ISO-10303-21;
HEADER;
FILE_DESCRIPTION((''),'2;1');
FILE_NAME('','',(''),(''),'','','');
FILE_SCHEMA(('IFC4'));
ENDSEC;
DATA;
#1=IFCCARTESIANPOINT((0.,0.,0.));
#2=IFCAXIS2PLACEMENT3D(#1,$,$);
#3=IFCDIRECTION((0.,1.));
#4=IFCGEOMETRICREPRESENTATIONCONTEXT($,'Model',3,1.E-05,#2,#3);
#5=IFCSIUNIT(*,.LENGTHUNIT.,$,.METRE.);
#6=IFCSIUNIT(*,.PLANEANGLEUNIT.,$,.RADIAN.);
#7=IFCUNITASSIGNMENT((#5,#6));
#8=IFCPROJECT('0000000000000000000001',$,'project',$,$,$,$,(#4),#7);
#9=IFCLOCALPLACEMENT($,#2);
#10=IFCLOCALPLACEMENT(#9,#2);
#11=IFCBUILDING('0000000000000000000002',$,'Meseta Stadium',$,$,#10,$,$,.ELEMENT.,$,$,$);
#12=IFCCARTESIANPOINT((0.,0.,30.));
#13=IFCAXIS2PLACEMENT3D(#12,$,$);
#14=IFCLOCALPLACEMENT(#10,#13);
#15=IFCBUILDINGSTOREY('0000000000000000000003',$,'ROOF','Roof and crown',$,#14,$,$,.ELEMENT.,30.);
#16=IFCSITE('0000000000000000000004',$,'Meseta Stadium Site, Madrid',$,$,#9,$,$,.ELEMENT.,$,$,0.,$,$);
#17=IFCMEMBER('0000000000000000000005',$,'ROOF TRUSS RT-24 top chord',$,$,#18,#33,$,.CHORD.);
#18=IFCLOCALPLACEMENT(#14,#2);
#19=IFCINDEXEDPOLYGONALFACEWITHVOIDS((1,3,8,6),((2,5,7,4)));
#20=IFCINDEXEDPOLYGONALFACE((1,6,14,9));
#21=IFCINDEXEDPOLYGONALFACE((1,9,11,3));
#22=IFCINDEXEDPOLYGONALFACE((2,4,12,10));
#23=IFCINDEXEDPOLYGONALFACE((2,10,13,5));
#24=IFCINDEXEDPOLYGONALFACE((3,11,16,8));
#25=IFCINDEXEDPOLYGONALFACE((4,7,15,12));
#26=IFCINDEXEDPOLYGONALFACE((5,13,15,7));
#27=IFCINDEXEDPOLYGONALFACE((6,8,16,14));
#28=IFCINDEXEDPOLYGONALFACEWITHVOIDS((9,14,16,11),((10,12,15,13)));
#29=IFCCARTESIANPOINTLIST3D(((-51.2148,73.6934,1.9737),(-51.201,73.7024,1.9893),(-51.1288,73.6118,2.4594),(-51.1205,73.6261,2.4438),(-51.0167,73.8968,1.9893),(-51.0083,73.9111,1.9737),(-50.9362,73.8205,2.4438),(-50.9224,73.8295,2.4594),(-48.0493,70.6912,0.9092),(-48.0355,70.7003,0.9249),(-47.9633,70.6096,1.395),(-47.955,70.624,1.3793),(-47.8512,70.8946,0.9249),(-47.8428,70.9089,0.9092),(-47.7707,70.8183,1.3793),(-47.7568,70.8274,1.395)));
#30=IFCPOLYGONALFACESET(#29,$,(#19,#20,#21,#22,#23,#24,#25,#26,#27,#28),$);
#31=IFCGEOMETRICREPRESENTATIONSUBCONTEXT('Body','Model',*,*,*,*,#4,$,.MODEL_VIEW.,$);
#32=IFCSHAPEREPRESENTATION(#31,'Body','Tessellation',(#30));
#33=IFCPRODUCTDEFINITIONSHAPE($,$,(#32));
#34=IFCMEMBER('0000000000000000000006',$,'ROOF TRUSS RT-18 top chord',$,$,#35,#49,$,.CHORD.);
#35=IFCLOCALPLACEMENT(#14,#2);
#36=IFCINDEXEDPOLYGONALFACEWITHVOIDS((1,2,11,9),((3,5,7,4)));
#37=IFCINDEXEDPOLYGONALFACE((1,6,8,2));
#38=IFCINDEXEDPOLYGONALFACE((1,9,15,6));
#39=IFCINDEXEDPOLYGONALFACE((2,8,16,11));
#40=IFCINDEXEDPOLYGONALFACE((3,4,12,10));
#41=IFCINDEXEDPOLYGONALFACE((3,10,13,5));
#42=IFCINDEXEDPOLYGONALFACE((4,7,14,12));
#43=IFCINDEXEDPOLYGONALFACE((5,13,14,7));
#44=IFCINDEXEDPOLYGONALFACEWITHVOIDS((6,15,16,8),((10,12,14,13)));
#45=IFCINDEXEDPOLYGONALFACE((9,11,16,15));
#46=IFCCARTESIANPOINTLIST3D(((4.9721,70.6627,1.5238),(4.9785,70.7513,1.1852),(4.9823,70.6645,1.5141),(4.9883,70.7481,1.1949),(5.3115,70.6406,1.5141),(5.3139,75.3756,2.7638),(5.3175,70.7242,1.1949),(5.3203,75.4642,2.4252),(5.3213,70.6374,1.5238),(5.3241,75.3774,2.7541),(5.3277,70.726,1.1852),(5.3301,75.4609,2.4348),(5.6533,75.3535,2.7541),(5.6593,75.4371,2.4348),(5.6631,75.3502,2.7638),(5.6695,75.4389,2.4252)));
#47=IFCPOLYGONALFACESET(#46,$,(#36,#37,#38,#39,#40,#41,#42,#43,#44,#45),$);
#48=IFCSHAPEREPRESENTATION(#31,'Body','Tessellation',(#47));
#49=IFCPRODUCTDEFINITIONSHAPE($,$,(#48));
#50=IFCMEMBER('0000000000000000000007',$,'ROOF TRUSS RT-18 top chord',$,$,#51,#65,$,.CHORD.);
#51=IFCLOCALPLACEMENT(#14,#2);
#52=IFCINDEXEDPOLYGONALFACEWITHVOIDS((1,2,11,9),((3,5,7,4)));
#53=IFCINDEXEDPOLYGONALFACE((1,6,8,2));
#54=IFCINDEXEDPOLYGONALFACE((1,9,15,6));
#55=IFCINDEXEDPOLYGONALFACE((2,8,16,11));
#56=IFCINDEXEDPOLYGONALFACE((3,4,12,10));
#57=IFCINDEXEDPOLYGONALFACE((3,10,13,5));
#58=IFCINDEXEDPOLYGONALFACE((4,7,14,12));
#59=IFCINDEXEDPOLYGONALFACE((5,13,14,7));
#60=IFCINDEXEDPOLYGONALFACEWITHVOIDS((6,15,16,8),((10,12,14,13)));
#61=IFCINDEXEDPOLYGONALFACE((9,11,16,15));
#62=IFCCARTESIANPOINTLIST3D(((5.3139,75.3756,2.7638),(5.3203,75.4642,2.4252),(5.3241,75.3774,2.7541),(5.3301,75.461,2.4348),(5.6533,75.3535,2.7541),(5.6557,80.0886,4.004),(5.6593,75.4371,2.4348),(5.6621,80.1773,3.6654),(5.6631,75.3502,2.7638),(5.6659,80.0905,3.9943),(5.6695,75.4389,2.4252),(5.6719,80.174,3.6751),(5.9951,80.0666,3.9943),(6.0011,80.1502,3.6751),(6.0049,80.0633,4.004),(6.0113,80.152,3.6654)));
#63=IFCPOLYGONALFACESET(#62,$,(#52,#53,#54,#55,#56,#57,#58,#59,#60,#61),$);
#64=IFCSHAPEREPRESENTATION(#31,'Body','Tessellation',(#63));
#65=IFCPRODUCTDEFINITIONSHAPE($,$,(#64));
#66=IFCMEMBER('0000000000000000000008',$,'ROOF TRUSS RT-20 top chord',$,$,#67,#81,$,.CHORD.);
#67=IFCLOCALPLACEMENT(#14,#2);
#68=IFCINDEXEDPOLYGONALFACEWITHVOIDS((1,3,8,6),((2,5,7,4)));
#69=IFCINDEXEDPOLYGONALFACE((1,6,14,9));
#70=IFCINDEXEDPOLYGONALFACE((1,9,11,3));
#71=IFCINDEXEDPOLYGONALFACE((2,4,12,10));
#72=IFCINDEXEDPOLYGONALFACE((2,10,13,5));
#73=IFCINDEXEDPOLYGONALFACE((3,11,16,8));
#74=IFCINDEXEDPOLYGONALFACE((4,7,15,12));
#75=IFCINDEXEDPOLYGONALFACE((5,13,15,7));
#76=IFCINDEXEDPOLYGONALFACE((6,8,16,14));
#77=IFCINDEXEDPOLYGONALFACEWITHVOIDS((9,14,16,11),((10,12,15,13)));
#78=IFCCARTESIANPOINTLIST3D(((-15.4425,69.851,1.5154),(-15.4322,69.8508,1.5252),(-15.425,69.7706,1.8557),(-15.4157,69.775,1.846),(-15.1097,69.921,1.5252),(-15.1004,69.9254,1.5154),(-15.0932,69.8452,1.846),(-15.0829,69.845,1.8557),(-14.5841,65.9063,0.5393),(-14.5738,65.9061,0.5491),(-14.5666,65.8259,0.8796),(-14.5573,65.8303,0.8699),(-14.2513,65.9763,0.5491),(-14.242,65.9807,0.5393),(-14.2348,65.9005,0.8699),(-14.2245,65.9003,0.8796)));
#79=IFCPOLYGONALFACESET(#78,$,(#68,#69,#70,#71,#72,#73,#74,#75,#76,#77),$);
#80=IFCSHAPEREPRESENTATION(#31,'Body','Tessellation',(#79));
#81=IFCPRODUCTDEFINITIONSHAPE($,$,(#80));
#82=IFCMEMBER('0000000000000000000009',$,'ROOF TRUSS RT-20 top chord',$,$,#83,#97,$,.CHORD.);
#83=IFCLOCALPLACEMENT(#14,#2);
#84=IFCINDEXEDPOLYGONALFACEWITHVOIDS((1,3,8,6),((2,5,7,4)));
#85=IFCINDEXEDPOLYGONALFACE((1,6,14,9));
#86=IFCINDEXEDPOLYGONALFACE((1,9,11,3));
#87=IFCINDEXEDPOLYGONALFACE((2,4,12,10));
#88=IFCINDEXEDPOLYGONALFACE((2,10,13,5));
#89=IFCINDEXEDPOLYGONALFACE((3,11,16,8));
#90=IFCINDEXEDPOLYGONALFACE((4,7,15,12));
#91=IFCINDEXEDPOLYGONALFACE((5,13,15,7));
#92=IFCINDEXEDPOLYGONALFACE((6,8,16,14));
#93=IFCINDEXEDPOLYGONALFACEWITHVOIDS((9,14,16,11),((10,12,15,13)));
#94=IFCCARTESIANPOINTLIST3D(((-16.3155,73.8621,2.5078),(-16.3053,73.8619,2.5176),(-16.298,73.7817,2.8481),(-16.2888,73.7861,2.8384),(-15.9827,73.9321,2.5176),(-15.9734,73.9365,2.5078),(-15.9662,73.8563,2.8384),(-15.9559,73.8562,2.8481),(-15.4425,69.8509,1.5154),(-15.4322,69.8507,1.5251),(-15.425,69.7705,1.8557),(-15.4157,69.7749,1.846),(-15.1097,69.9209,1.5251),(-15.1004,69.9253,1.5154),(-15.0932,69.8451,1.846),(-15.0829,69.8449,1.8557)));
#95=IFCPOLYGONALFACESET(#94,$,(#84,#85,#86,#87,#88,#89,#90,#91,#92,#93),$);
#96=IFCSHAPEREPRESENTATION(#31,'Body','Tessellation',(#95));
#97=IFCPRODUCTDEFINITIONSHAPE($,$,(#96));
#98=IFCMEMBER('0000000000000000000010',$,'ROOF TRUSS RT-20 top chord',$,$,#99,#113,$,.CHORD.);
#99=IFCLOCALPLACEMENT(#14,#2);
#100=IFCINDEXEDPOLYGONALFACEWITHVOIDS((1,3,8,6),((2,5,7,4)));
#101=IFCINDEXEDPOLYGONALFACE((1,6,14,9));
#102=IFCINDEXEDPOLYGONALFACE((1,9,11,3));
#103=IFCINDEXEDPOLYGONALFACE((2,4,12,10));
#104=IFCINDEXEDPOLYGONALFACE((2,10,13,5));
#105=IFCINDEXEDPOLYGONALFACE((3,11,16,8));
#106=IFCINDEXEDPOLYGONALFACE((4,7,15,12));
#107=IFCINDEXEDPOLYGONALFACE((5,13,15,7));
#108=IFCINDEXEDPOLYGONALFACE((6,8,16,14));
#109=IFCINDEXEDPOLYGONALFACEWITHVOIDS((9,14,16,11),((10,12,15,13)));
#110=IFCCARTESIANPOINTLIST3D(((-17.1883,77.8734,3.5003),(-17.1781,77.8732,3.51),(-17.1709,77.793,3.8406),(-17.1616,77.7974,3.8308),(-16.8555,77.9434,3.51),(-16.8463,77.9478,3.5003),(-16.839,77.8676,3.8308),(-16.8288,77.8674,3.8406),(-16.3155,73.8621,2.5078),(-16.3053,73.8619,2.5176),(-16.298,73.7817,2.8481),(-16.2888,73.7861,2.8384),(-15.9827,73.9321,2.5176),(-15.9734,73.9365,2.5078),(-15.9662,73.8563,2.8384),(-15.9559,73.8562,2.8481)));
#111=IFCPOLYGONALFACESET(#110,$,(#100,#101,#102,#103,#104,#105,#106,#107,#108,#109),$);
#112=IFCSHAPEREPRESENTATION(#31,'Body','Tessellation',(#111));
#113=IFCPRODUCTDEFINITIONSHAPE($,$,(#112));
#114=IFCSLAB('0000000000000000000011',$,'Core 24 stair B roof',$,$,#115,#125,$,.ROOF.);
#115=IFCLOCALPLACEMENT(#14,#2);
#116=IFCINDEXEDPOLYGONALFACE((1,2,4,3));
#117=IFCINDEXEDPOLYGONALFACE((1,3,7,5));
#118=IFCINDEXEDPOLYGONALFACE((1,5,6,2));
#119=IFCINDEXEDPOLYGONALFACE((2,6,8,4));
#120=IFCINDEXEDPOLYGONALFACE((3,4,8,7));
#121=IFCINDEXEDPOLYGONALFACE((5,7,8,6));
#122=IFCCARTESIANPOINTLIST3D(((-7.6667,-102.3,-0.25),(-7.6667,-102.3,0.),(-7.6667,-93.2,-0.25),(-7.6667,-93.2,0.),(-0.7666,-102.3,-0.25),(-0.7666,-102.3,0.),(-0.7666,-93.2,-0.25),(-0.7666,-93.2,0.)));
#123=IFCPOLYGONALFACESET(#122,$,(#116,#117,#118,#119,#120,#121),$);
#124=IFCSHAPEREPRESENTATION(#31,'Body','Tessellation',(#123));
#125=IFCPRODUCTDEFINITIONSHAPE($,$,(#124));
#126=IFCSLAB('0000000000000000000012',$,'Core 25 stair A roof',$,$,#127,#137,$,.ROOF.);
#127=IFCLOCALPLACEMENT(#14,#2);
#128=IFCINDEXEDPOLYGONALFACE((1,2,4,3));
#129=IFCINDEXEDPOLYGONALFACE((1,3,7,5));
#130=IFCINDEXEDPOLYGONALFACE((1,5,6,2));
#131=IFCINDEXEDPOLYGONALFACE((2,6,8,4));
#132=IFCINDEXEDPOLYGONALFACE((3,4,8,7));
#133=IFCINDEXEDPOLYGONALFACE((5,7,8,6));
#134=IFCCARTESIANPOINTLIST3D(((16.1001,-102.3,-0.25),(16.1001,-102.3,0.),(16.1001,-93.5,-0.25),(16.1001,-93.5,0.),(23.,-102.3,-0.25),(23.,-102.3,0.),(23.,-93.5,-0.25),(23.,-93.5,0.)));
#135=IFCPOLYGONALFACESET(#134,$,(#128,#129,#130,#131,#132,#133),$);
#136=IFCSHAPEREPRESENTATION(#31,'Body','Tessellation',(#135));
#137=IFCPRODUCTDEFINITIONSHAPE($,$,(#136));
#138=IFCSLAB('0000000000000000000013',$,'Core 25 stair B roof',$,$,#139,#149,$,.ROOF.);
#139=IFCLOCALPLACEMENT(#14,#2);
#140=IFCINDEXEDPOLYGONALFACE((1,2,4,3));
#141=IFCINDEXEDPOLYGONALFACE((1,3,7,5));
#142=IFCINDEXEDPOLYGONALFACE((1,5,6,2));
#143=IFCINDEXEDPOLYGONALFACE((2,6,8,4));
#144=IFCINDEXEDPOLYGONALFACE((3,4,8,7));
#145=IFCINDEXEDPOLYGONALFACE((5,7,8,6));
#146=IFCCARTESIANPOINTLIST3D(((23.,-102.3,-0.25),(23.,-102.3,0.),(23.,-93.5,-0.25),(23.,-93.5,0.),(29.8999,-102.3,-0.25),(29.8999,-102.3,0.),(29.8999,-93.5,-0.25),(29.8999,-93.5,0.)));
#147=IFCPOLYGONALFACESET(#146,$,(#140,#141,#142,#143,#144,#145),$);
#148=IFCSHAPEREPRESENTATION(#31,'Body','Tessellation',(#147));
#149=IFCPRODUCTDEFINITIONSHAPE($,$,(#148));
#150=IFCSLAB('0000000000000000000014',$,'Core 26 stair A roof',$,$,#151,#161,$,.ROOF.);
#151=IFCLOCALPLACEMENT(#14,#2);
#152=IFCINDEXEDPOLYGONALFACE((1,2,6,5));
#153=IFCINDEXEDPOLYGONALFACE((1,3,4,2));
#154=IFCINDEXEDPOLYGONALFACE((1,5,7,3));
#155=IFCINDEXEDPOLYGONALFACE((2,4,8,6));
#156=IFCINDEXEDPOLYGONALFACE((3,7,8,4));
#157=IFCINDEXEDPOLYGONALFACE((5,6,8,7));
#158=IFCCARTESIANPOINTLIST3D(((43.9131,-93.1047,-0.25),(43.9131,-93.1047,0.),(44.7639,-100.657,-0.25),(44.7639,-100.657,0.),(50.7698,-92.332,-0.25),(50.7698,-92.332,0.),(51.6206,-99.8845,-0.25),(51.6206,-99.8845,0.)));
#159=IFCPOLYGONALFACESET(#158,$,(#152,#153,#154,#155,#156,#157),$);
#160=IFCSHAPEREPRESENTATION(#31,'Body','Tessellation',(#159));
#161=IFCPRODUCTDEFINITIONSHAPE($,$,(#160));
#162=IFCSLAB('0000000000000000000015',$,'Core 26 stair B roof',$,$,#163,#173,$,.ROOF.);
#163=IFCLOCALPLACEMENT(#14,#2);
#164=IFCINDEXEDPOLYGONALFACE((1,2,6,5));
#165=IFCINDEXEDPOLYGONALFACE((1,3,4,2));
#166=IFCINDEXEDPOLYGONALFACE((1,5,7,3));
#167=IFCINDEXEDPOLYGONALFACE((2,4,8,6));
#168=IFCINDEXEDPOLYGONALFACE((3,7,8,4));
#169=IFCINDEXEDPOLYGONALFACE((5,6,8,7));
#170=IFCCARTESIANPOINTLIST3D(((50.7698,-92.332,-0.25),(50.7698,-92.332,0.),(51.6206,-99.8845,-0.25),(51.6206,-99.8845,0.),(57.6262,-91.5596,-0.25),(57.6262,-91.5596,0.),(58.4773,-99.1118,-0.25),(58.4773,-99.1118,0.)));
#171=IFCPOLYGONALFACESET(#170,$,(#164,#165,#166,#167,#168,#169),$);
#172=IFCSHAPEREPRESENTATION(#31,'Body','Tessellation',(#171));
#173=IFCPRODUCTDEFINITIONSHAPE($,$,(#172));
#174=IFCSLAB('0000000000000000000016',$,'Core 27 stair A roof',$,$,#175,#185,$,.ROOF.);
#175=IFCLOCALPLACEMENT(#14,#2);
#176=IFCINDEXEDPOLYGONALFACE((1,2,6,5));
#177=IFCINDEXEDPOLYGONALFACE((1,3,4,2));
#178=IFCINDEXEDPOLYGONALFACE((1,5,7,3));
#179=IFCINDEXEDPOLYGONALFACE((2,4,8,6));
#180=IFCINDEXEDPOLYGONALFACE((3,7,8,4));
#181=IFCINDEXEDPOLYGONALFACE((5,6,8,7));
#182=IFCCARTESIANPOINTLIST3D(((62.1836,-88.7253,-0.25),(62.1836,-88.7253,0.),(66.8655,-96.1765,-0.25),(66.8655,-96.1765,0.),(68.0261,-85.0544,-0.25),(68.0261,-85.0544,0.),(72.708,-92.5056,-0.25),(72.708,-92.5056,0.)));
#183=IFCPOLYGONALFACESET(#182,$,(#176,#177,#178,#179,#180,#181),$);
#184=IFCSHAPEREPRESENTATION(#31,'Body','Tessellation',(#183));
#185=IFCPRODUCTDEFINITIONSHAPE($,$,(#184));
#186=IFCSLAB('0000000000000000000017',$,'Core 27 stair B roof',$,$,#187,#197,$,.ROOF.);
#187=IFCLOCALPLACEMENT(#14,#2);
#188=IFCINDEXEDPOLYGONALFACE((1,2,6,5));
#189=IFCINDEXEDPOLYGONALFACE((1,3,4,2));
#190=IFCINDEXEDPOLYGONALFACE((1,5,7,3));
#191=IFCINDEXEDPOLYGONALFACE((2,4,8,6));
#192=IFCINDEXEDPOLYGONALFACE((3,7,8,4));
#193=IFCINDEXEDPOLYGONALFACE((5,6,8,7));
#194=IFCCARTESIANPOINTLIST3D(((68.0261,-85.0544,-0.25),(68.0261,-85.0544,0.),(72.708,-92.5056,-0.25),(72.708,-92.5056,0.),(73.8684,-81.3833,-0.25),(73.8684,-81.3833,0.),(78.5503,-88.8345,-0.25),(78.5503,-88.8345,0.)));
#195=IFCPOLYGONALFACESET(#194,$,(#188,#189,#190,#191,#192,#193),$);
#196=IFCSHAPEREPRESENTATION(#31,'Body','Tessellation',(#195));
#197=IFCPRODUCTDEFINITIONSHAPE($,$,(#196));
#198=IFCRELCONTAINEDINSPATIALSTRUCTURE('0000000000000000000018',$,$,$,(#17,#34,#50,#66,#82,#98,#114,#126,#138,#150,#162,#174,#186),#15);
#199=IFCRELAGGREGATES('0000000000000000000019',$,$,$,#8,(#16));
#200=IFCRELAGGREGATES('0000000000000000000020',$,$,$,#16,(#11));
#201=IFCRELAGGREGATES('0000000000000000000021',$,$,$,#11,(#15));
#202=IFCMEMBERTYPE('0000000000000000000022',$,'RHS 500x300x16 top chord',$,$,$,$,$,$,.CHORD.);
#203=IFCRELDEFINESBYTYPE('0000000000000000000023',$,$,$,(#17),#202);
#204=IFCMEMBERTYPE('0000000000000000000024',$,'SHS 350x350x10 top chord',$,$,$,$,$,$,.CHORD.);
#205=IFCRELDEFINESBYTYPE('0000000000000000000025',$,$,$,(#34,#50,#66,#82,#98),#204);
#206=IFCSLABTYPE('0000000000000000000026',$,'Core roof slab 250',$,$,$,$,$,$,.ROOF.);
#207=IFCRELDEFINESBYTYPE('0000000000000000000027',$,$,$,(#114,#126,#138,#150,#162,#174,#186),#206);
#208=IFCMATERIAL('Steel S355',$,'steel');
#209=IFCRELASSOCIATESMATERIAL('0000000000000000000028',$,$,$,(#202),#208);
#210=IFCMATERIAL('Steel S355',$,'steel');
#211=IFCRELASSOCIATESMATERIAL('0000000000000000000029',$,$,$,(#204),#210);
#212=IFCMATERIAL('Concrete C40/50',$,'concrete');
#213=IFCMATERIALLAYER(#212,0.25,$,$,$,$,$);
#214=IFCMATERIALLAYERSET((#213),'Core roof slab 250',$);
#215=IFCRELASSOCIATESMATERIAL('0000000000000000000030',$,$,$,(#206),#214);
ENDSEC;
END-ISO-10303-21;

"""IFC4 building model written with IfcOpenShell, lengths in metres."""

from ifc_helpers import new_model, si_unit, direction, frame, origin, origin_2d, place, context, subcontext, project, spatial, polyline, hollow_rectangle, outline, extrude, material, layer, layer_set, material_profile, profile_set, type_object, element, save


model = new_model("IFC4")

# Units and contexts
model_context = context("Model", 3, precision=1e-05, world=origin(), true_north=direction((0.0, 1.0)))
body_context = subcontext(model_context, "Body", "Model", "MODEL_VIEW")
ifc_project = project(units=[si_unit("LENGTHUNIT", "METRE"), si_unit("PLANEANGLEUNIT", "RADIAN")], contexts=[model_context])

# Site, building, storey
site_placement = place(None, origin())
site = spatial("IfcSite", under=ifc_project, at=site_placement, Name="Meseta Stadium Site, Madrid", CompositionType="ELEMENT", RefElevation=0.0)
building_placement = place(site_placement, origin())
building = spatial("IfcBuilding", under=site, at=building_placement, Name="Meseta Stadium", CompositionType="ELEMENT")
storey_placement = place(building_placement, frame((0.0, 0.0, 30.0)))
storey = spatial("IfcBuildingStorey", under=building, at=storey_placement, Name="ROOF", Description="Roof and crown", CompositionType="ELEMENT", Elevation=30.0)

# Members
ifc_material_1 = material(Name="Steel S355", Category="steel")
ifc_material_profile_1 = material_profile(ifc_material_1, hollow_rectangle(XDim=0.3, YDim=0.5, WallThickness=0.0161, at=origin_2d()), Name="RHS 500x300x16")
ifc_profile_set_1 = profile_set([ifc_material_profile_1], Name="Steel S355")
member_type_1 = type_object("IfcMemberType", Name="RHS 500x300x16 top chord", PredefinedType="CHORD", material=ifc_profile_set_1)
member_1_placement = place(storey_placement, frame((-47.9031, 70.7593, 1.1521), z_axis=(-0.7049, 0.66853, 0.237033), x_axis=(-0.68814, -0.725578, 0.0)))
element("IfcMember", 1, at=member_1_placement, inside=storey, type_object=member_type_1, Name="ROOF TRUSS RT-24 top chord", PredefinedType="CHORD", context=body_context, shape_type="SweptSolid", body=[
    extrude(hollow_rectangle(XDim=0.3, YDim=0.5, WallThickness=0.0161, at=origin_2d()), origin(), (0.0, 0.0, 1.0), 4.4907),
])
ifc_material_2 = material(Name="Steel S355", Category="steel")
ifc_material_profile_2 = material_profile(ifc_material_2, hollow_rectangle(XDim=0.3501, YDim=0.3501, WallThickness=0.01, at=origin_2d()), Name="SHS 350x350x10")
ifc_profile_set_2 = profile_set([ifc_material_profile_2], Name="Steel S355")
member_type_2 = type_object("IfcMemberType", Name="SHS 350x350x10 top chord", PredefinedType="CHORD", material=ifc_profile_set_2)
member_2_placement = place(storey_placement, frame((5.1499, 70.6943, 1.3545), z_axis=(0.069965, 0.964717, 0.253823), x_axis=(-0.99738, 0.072334, 0.0)))
element("IfcMember", 2, at=member_2_placement, inside=storey, type_object=member_type_2, Name="ROOF TRUSS RT-18 top chord", PredefinedType="CHORD", context=body_context, shape_type="SweptSolid", body=[
    extrude(hollow_rectangle(XDim=0.3501, YDim=0.3501, WallThickness=0.01, at=origin_2d()), origin(), (0.0, 0.0, 1.0), 4.8853),
])
member_3_placement = place(storey_placement, frame((5.4917, 75.4072, 2.5945), z_axis=(0.069961, 0.964708, 0.253857), x_axis=(-0.997381, 0.07233, 0.0)))
element("IfcMember", 3, at=member_3_placement, inside=storey, type_object=member_type_2, Name="ROOF TRUSS RT-18 top chord", PredefinedType="CHORD", context=body_context, shape_type="SweptSolid", body=[
    extrude(hollow_rectangle(XDim=0.3501, YDim=0.3501, WallThickness=0.01, at=origin_2d()), origin(), (0.0, 0.0, 1.0), 4.8855),
])
member_4_placement = place(storey_placement, frame((-14.4043, 65.9033, 0.7095), z_axis=(-0.206682, 0.949763, 0.235016), x_axis=(-0.977131, -0.212638, 0.0)))
element("IfcMember", 4, at=member_4_placement, inside=storey, type_object=member_type_2, Name="ROOF TRUSS RT-20 top chord", PredefinedType="CHORD", context=body_context, shape_type="SweptSolid", body=[
    extrude(hollow_rectangle(XDim=0.3501, YDim=0.3501, WallThickness=0.01, at=origin_2d()), origin(), (0.0, 0.0, 1.0), 4.1533),
])
for number, where, z_axis, x_axis, name in (
    (5, (-15.2627, 69.8479, 1.6855), (-0.206717, 0.949764, 0.234984), (-0.977124, -0.212672, 0.0), "ROOF TRUSS RT-20 top chord"),
    (6, (-16.1357, 73.8591, 2.678), (-0.206661, 0.949775, 0.234987), (-0.977136, -0.212615, 0.0), "ROOF TRUSS RT-20 top chord"),
):
    element("IfcMember", number, at=place(storey_placement, frame(where, z_axis=z_axis, x_axis=x_axis)), inside=storey, type_object=member_type_2, Name=name, PredefinedType="CHORD", context=body_context, shape_type="SweptSolid", body=[
        extrude(hollow_rectangle(XDim=0.3501, YDim=0.3501, WallThickness=0.01, at=origin_2d()), origin(), (0.0, 0.0, 1.0), 4.2234),
    ])

# Slabs
ifc_material_3 = material(Name="Concrete C40/50", Category="concrete")
ifc_layer = layer(ifc_material_3, 0.25)
ifc_layer_set = layer_set([ifc_layer], Name="Core roof slab 250")
slab_type = type_object("IfcSlabType", Name="Core roof slab 250", PredefinedType="ROOF", material=ifc_layer_set)
slab_1_placement = place(storey_placement, frame((0.0, 0.0, -0.25)))
element("IfcSlab", 7, at=slab_1_placement, inside=storey, type_object=slab_type, Name="Core 24 stair B roof", PredefinedType="ROOF", context=body_context, shape_type="SweptSolid", body=[
    extrude(outline(polyline([(-7.6667, -102.3), (-7.6667, -93.2), (-0.7666, -93.2), (-0.7666, -102.3), (-7.6667, -102.3)])), origin(), (0.0, 0.0, 1.0), 0.25),
])
slab_2_placement = place(storey_placement, frame((0.0, 0.0, -0.25)))
element("IfcSlab", 8, at=slab_2_placement, inside=storey, type_object=slab_type, Name="Core 25 stair A roof", PredefinedType="ROOF", context=body_context, shape_type="SweptSolid", body=[
    extrude(outline(polyline([(16.1001, -102.3), (16.1001, -93.5), (23.0, -93.5), (23.0, -102.3), (16.1001, -102.3)])), origin(), (0.0, 0.0, 1.0), 0.25),
])
slab_3_placement = place(storey_placement, frame((0.0, 0.0, -0.25)))
element("IfcSlab", 9, at=slab_3_placement, inside=storey, type_object=slab_type, Name="Core 25 stair B roof", PredefinedType="ROOF", context=body_context, shape_type="SweptSolid", body=[
    extrude(outline(polyline([(23.0, -102.3), (23.0, -93.5), (29.8999, -93.5), (29.8999, -102.3), (23.0, -102.3)])), origin(), (0.0, 0.0, 1.0), 0.25),
])
slab_4_placement = place(storey_placement, frame((0.0, 0.0, -0.25)))
element("IfcSlab", 10, at=slab_4_placement, inside=storey, type_object=slab_type, Name="Core 26 stair A roof", PredefinedType="ROOF", context=body_context, shape_type="SweptSolid", body=[
    extrude(outline(polyline([(44.7639, -100.657), (43.9131, -93.1047), (50.7698, -92.332), (51.6206, -99.8845), (44.7639, -100.657)])), origin(), (0.0, 0.0, 1.0), 0.25),
])
slab_5_placement = place(storey_placement, frame((0.0, 0.0, -0.25)))
element("IfcSlab", 11, at=slab_5_placement, inside=storey, type_object=slab_type, Name="Core 26 stair B roof", PredefinedType="ROOF", context=body_context, shape_type="SweptSolid", body=[
    extrude(outline(polyline([(51.6206, -99.8845), (50.7698, -92.332), (57.6262, -91.5596), (58.4773, -99.1118), (51.6206, -99.8845)])), origin(), (0.0, 0.0, 1.0), 0.25),
])
slab_6_placement = place(storey_placement, frame((0.0, 0.0, -0.25)))
element("IfcSlab", 12, at=slab_6_placement, inside=storey, type_object=slab_type, Name="Core 27 stair A roof", PredefinedType="ROOF", context=body_context, shape_type="SweptSolid", body=[
    extrude(outline(polyline([(66.8655, -96.1765), (62.1836, -88.7253), (68.0261, -85.0544), (72.708, -92.5056), (66.8655, -96.1765)])), origin(), (0.0, 0.0, 1.0), 0.25),
])
slab_7_placement = place(storey_placement, frame((0.0, 0.0, -0.25)))
element("IfcSlab", 13, at=slab_7_placement, inside=storey, type_object=slab_type, Name="Core 27 stair B roof", PredefinedType="ROOF", context=body_context, shape_type="SweptSolid", body=[
    extrude(outline(polyline([(72.708, -92.5056), (68.0261, -85.0544), (73.8684, -81.3833), (78.5503, -88.8345), (72.708, -92.5056)])), origin(), (0.0, 0.0, 1.0), 0.25),
])

save(model, "model.ifc")
